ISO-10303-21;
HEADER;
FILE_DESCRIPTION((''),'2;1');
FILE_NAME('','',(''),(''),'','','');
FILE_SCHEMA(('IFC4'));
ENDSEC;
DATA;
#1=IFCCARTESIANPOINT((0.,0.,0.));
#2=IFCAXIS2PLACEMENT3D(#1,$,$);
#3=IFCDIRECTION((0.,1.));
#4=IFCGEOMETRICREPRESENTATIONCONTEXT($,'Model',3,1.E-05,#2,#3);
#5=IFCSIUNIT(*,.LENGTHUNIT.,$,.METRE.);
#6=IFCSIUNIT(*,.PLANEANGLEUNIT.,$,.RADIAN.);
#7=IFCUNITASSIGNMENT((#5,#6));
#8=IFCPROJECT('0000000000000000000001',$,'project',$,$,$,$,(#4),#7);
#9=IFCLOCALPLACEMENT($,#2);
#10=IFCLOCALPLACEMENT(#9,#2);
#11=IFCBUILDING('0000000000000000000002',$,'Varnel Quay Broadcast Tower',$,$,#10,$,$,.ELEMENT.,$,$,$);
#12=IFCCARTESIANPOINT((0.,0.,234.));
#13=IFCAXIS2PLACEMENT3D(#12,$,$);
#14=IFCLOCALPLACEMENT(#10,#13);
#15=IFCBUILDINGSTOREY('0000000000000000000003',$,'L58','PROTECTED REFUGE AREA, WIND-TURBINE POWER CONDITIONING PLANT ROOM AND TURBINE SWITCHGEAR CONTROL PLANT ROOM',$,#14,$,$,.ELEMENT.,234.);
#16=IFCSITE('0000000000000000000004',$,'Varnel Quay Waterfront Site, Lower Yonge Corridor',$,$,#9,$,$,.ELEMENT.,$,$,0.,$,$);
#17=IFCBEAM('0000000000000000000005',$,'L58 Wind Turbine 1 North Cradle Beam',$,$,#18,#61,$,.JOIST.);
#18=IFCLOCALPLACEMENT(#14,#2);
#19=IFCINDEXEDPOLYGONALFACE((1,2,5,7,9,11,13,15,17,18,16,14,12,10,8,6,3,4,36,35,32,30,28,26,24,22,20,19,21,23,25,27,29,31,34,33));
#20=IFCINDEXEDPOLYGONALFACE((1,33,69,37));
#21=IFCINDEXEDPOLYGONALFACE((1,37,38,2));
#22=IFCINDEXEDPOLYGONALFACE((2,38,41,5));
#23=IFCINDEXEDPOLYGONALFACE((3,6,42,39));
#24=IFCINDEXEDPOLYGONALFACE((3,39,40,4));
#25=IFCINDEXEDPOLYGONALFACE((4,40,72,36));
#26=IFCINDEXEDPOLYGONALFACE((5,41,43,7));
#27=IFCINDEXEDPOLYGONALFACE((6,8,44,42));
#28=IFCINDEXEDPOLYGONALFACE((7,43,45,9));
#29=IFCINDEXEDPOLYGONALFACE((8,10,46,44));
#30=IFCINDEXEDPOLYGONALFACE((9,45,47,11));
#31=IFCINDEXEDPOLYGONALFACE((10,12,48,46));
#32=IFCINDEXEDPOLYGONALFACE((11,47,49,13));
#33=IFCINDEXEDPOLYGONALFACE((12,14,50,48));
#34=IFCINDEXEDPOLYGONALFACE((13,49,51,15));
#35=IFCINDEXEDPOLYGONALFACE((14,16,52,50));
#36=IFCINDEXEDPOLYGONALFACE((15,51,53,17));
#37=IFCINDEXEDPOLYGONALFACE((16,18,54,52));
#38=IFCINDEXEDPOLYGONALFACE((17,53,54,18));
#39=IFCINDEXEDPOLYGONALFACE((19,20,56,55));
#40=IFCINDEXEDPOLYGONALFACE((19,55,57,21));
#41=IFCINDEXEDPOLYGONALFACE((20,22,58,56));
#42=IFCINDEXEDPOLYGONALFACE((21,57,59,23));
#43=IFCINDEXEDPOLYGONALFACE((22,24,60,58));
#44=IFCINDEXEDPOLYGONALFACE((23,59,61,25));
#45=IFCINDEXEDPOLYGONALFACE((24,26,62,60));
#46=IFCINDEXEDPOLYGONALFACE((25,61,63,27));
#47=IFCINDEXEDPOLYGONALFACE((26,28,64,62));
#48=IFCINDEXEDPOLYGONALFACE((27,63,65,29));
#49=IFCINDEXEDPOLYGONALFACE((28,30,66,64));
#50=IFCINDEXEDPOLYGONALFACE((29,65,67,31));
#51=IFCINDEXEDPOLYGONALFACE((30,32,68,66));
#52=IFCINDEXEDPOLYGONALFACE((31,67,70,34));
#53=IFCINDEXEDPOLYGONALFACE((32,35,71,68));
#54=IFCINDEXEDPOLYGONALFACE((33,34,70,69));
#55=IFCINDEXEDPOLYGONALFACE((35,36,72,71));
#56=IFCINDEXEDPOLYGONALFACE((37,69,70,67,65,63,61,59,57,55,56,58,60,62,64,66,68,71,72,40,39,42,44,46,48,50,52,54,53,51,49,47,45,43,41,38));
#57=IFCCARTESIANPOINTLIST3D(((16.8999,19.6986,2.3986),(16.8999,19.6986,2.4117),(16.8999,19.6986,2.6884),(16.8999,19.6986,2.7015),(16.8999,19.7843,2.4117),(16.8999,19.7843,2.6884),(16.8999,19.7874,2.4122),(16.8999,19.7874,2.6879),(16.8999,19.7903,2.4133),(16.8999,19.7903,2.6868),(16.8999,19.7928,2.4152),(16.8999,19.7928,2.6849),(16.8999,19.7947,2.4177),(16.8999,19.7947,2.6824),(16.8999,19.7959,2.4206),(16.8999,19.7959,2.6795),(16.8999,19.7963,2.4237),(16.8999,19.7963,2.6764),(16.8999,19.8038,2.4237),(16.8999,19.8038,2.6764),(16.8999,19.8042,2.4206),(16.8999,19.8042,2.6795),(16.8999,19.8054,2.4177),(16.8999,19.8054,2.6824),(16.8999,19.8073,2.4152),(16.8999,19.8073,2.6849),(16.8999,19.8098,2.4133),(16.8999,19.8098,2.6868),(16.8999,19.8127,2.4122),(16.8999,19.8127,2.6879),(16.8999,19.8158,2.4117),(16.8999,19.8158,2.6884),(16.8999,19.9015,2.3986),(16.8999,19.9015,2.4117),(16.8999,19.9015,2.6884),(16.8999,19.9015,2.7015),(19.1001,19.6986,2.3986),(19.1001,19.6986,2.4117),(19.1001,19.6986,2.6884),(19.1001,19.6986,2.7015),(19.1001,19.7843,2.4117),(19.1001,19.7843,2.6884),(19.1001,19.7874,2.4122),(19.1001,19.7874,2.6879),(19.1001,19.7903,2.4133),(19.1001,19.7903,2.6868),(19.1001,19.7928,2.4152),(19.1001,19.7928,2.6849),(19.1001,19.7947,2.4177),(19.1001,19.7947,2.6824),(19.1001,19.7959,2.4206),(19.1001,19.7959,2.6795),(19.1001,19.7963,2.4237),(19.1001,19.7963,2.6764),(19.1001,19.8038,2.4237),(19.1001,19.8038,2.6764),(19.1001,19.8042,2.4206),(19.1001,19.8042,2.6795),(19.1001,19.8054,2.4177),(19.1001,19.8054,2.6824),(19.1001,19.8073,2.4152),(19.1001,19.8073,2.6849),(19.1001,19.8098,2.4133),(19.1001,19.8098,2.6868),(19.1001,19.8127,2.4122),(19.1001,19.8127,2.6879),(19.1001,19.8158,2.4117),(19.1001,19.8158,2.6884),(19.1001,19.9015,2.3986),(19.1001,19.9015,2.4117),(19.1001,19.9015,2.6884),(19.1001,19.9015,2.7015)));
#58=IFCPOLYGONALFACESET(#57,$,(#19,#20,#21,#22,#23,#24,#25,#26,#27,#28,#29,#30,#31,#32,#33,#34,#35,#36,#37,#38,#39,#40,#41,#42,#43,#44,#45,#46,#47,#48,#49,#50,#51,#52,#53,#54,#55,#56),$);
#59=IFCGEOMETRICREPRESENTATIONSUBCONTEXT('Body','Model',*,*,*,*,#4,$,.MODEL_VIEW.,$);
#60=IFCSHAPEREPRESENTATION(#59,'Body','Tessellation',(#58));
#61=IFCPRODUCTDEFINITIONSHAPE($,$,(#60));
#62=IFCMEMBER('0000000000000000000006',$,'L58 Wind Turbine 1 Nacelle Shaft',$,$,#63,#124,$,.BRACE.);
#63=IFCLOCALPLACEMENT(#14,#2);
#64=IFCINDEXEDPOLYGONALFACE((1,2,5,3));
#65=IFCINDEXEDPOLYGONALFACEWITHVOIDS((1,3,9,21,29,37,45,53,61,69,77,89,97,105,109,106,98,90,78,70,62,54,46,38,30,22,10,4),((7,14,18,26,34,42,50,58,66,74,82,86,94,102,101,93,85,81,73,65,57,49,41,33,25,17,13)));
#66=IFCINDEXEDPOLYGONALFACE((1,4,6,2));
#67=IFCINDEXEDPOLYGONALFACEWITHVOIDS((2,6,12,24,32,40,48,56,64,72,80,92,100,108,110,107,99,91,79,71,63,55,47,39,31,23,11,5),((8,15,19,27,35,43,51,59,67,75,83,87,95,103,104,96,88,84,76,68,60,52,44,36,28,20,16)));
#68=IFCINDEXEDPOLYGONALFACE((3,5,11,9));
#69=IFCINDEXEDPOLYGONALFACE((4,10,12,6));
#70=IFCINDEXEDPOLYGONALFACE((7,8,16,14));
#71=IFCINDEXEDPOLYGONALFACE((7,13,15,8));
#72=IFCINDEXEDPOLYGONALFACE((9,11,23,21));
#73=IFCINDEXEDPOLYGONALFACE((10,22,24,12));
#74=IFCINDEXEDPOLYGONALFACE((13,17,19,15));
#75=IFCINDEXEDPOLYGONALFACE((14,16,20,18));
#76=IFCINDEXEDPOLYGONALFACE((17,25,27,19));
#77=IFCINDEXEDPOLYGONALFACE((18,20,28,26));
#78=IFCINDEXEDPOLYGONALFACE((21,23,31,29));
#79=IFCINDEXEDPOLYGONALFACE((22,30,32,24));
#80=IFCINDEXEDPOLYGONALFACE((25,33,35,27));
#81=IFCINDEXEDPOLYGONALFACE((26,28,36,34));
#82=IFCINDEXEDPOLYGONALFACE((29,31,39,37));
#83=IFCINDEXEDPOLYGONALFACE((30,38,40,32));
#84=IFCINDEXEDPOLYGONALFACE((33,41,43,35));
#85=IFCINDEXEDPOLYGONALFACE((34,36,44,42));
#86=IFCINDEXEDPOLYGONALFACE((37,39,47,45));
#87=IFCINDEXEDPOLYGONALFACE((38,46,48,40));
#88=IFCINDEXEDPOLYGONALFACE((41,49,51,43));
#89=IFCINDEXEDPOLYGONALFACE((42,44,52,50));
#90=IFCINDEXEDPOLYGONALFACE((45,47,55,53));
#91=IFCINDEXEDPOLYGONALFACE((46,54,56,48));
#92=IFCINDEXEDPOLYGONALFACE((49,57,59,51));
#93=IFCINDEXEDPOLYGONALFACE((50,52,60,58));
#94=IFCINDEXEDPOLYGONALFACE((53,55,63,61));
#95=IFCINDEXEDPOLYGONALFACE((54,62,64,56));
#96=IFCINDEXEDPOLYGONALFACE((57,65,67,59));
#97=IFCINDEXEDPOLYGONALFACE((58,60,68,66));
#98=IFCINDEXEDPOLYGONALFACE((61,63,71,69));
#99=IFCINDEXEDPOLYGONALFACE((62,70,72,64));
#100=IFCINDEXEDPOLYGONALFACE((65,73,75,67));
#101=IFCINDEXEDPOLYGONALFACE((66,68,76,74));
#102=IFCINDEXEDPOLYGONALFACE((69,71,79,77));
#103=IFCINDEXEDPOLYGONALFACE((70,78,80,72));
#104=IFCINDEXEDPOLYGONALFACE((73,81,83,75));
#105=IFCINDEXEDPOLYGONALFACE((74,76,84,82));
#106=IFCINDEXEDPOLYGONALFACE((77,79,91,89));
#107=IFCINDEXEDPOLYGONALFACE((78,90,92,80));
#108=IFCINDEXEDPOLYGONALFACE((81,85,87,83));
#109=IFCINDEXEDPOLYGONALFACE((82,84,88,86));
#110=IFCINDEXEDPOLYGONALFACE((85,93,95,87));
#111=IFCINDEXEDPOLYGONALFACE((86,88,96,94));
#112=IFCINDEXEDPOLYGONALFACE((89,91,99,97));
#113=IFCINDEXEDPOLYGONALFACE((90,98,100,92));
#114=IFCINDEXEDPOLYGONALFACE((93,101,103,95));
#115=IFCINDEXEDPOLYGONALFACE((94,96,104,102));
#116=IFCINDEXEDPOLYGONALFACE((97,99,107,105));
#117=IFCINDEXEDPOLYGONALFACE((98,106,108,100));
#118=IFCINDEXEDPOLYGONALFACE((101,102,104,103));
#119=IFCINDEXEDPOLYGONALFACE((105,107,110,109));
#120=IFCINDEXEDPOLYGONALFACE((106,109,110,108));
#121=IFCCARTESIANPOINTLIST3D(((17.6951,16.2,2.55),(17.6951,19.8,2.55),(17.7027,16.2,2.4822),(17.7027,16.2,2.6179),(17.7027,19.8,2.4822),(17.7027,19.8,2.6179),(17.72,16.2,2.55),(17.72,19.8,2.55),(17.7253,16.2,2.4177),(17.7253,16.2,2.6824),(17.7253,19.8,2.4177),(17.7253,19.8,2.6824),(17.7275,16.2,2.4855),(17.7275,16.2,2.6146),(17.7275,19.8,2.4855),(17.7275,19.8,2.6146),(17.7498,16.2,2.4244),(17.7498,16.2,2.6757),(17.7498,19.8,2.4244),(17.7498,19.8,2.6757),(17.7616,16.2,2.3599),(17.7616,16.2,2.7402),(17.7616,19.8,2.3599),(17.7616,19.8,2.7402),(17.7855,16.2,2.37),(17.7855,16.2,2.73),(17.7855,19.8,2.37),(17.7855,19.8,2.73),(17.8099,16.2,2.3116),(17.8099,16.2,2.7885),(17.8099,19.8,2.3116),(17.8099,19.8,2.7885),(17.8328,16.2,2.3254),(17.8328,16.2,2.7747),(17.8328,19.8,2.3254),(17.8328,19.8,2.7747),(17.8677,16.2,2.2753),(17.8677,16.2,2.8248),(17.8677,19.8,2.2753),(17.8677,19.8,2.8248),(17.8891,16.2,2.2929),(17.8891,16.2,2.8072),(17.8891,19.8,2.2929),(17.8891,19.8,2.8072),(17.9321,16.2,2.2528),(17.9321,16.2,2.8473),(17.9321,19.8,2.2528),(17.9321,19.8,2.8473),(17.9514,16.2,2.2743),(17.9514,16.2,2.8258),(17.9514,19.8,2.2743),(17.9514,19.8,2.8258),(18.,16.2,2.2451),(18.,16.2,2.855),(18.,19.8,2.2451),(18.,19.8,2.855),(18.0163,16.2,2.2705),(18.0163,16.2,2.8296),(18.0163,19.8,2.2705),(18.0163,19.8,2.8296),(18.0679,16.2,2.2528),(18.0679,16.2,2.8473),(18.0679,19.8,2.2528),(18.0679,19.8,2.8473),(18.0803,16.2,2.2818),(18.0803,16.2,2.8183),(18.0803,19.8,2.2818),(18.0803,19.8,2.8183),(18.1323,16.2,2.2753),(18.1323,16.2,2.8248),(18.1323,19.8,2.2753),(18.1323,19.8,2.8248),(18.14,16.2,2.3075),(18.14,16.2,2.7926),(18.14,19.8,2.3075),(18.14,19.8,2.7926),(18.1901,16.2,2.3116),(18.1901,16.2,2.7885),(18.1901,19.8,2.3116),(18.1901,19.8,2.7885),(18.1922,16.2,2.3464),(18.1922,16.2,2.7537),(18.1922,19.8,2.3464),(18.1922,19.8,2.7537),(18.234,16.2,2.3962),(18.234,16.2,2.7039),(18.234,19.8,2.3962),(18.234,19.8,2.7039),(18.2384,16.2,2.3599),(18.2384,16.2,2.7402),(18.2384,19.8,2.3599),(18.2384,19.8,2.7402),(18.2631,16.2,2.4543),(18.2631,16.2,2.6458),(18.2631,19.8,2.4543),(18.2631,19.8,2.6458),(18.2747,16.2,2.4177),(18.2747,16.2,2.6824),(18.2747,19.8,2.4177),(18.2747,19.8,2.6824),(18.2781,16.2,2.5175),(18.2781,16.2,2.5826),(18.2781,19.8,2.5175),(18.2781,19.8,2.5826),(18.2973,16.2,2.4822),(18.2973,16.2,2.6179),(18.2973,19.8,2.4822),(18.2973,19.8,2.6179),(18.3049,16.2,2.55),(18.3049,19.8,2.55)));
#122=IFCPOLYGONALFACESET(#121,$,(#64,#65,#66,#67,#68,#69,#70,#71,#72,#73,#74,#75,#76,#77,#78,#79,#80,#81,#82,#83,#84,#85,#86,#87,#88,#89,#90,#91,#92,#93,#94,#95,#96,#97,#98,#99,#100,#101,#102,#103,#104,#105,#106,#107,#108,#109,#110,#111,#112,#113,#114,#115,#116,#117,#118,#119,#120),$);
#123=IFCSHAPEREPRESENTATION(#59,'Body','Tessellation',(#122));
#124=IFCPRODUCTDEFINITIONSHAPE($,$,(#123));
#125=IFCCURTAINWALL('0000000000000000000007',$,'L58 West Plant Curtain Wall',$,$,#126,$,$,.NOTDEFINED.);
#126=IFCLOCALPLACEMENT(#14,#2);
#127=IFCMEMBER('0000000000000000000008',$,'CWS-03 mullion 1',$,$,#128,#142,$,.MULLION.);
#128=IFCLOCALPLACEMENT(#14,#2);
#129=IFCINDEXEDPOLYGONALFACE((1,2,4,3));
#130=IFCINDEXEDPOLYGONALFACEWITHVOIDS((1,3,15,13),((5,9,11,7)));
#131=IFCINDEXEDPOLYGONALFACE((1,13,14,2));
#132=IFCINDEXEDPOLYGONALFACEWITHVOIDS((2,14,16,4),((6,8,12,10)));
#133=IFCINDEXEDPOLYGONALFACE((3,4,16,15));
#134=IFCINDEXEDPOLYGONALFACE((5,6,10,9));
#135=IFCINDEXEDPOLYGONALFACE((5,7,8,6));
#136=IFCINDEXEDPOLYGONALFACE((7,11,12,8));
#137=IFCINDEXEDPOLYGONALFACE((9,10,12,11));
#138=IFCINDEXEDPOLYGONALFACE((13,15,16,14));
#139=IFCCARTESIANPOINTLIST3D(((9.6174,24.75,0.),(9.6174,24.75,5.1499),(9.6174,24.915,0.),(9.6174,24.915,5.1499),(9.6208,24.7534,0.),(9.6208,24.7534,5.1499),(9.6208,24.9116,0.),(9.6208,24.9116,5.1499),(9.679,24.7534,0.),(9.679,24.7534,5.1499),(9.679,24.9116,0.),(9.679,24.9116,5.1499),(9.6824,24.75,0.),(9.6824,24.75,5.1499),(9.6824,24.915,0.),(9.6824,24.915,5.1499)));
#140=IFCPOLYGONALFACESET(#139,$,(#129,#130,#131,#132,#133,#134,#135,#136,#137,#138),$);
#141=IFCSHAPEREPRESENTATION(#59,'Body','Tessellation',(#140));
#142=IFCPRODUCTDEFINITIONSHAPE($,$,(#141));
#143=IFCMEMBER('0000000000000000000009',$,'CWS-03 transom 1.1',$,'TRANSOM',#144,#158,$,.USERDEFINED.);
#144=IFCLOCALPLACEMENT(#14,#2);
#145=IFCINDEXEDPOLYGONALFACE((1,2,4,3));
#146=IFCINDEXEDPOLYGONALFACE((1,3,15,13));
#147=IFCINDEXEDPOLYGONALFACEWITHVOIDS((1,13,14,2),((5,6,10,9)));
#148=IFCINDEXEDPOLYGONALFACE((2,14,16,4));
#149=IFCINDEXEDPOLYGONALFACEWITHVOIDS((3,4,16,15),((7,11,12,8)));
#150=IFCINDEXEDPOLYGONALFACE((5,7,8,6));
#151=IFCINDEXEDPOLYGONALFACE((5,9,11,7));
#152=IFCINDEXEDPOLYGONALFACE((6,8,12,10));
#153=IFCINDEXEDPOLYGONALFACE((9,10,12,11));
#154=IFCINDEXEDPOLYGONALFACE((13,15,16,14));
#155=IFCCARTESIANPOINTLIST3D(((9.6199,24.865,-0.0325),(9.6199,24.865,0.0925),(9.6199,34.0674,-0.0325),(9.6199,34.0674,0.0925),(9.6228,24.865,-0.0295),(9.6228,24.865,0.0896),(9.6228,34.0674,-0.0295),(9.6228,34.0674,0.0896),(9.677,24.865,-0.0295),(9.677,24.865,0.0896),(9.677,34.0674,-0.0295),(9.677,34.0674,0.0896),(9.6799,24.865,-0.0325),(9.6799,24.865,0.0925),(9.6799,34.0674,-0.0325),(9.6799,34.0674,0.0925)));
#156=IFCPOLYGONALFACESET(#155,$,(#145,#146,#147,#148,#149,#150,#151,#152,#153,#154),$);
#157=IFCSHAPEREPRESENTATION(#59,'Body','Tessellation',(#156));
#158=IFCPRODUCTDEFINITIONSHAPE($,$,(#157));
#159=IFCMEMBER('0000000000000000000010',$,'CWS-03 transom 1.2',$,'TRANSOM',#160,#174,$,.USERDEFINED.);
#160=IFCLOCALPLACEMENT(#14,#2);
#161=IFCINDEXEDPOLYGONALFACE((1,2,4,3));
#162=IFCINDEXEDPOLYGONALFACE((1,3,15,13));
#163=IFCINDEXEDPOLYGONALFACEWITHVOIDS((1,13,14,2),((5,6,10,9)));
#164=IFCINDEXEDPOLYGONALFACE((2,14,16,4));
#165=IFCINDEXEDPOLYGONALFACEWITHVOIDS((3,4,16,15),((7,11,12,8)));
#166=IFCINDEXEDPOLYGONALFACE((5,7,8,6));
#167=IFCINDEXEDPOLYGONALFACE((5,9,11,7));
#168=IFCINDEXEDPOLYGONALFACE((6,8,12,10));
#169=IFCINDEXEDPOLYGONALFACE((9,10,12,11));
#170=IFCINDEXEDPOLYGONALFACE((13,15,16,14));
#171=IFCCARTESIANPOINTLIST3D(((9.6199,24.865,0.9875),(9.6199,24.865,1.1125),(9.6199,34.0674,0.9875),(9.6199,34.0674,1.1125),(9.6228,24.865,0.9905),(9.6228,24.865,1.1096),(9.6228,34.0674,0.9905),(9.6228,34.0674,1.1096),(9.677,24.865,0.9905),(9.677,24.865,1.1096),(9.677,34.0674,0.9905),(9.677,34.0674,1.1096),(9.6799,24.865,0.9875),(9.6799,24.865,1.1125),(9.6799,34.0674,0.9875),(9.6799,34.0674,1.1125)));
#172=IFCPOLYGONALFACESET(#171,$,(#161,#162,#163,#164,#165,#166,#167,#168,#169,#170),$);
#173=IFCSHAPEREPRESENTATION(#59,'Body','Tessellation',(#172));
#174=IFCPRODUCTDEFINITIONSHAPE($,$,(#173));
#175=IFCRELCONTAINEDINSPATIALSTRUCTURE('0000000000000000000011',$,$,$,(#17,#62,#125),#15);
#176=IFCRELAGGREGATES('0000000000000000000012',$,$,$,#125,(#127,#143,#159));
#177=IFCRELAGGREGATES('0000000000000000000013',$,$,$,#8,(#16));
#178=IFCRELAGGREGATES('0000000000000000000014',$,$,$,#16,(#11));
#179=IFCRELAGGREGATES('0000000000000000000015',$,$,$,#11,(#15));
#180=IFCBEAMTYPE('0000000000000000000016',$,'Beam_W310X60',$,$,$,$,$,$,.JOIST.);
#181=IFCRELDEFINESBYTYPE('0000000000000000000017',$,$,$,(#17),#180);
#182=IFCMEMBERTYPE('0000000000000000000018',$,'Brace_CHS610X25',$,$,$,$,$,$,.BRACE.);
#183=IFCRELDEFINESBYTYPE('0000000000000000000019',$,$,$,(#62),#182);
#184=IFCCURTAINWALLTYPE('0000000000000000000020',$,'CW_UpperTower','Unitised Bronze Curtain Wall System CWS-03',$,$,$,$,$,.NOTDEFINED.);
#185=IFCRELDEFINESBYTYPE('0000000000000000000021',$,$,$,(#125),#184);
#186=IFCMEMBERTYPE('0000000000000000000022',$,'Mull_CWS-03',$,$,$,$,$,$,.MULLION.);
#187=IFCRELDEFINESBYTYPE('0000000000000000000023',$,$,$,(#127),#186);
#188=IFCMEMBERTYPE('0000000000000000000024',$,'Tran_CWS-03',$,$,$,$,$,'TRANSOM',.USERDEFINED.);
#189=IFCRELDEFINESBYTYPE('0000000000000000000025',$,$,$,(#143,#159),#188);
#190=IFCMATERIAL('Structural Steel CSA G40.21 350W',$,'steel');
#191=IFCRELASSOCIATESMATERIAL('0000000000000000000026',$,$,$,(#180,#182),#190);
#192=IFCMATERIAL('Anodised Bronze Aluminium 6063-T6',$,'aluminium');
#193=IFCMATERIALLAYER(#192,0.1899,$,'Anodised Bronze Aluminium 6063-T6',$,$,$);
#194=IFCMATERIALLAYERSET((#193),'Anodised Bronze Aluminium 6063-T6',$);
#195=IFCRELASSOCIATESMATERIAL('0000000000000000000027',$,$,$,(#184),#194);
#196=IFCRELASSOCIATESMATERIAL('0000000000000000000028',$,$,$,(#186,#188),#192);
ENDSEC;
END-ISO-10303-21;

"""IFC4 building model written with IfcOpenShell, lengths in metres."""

from ifc_helpers import new_model, si_unit, direction, frame, origin, origin_2d, place, context, subcontext, project, spatial, hollow_rectangle, hollow_circle, i_section, extrude, source, transform, mapped, material, layer, layer_set, material_profile, profile_set, type_object, type_shapes, element, aggregate, save


model = new_model("IFC4")

# Units and contexts
model_context = context("Model", 3, precision=1e-05, world=origin(), true_north=direction((0.0, 1.0)))
body_context = subcontext(model_context, "Body", "Model", "MODEL_VIEW")
ifc_project = project(units=[si_unit("LENGTHUNIT", "METRE"), si_unit("PLANEANGLEUNIT", "RADIAN")], contexts=[model_context])

# Site, building, storey
site_placement = place(None, origin())
site = spatial("IfcSite", under=ifc_project, at=site_placement, Name="Varnel Quay Waterfront Site, Lower Yonge Corridor", CompositionType="ELEMENT", RefElevation=0.0)
building_placement = place(site_placement, origin())
building = spatial("IfcBuilding", under=site, at=building_placement, Name="Varnel Quay Broadcast Tower", CompositionType="ELEMENT")
storey_placement = place(building_placement, frame((0.0, 0.0, 234.0)))
storey = spatial("IfcBuildingStorey", under=building, at=storey_placement, Name="L58", Description="PROTECTED REFUGE AREA, WIND-TURBINE POWER CONDITIONING PLANT ROOM AND TURBINE SWITCHGEAR CONTROL PLANT ROOM", CompositionType="ELEMENT", Elevation=234.0)

# Shared definitions
ifc_material_1 = material(Name="Structural Steel CSA G40.21 350W", Category="steel")

# Shared definitions
ifc_material_profile_1 = material_profile(ifc_material_1, i_section(OverallWidth=0.2029, OverallDepth=0.303, WebThickness=0.0076, FlangeThickness=0.0132, FilletRadius=0.012, at=origin_2d()), Name="W310X60")
ifc_profile_set_1 = profile_set([ifc_material_profile_1], Name="Structural Steel CSA G40.21 350W")
beam_type_1 = type_object("IfcBeamType", Name="Beam_W310X60", PredefinedType="JOIST", material=ifc_profile_set_1)

# Beam
shared_shape_1 = source(origin(), body_context, "Body", "SweptSolid", [
    extrude(i_section(OverallWidth=0.2029, OverallDepth=0.303, WebThickness=0.0076, FlangeThickness=0.0132, FilletRadius=0.012, at=origin_2d()), origin(), (0.0, 0.0, 1.0), 2.2002),
])
for number, where, z_axis, x_axis, name in (
    (1, (16.8999, 19.8, 2.55), (1.0, 0.0, 0.0), (0.0, 1.0, 0.0), "L58 Wind Turbine 1 North Cradle Beam"),
):
    element("IfcBeam", number, at=place(storey_placement, frame(where, z_axis=z_axis, x_axis=x_axis)), inside=storey, type_object=beam_type_1, Name=name, PredefinedType="JOIST", context=body_context, shape_type="MappedRepresentation", body=[
        mapped(shared_shape_1, transform((0.0, 0.0, 0.0), x_axis=(1.0, 0.0, 0.0), y_axis=(0.0, 1.0, 0.0), z_axis=(0.0, 0.0, 1.0), scale=1.0)),
    ])

# Member
ifc_material_profile_2 = material_profile(ifc_material_1, hollow_circle(Radius=0.3049, WallThickness=0.0249, at=origin_2d()), Name="CHS610X25")
ifc_profile_set_2 = profile_set([ifc_material_profile_2], Name="Structural Steel CSA G40.21 350W")
member_type_1 = type_object("IfcMemberType", Name="Brace_CHS610X25", PredefinedType="BRACE", material=ifc_profile_set_2)
shared_shape_2 = source(origin(), body_context, "Body", "SweptSolid", [
    extrude(hollow_circle(Radius=0.3049, WallThickness=0.0249, at=origin_2d()), origin(), (0.0, 0.0, 1.0), 3.6001),
])
type_shapes(member_type_1, [shared_shape_2])
member_1_placement = place(storey_placement, frame((18.0, 16.2, 2.55), z_axis=(0.0, 1.0, 0.0), x_axis=(-1.0, 0.0, 0.0)))
element("IfcMember", 2, at=member_1_placement, inside=storey, type_object=member_type_1, Name="L58 Wind Turbine 1 Nacelle Shaft", PredefinedType="BRACE", context=body_context, shape_type="MappedRepresentation", body=[
    mapped(shared_shape_2, transform((0.0, 0.0, 0.0), x_axis=(1.0, 0.0, 0.0), y_axis=(0.0, 1.0, 0.0), z_axis=(0.0, 0.0, 1.0), scale=1.0)),
])

# Curtain wall, members
ifc_material_2 = material(Name="Anodised Bronze Aluminium 6063-T6", Category="aluminium")
ifc_layer_1 = layer(ifc_material_2, 0.1899, Name="Anodised Bronze Aluminium 6063-T6")
ifc_layer_set_1 = layer_set([ifc_layer_1], Name="Anodised Bronze Aluminium 6063-T6")
curtain_wall_type = type_object("IfcCurtainWallType", Name="CW_UpperTower", Description="Unitised Bronze Curtain Wall System CWS-03", PredefinedType="NOTDEFINED", material=ifc_layer_set_1)
curtain_wall_placement = place(storey_placement, origin())
curtain_wall = element("IfcCurtainWall", 3, at=curtain_wall_placement, inside=storey, type_object=curtain_wall_type, Name="L58 West Plant Curtain Wall", PredefinedType="NOTDEFINED")
ifc_material_profile_3 = material_profile(ifc_material_2, hollow_rectangle(XDim=0.0649, YDim=0.165, WallThickness=0.0034, at=origin_2d()), Name="ALU65X165X3.5")
ifc_profile_set_3 = profile_set([ifc_material_profile_3], Name="Anodised Bronze Aluminium 6063-T6")
member_type_2 = type_object("IfcMemberType", Name="Mull_CWS-03", PredefinedType="MULLION", material=ifc_profile_set_3)
shared_shape_3 = source(origin(), body_context, "Body", "SweptSolid", [
    extrude(hollow_rectangle(XDim=0.0649, YDim=0.165, WallThickness=0.0034, at=origin_2d()), origin(), (0.0, 0.0, 1.0), 5.1499),
])
type_shapes(member_type_2, [shared_shape_3])
member_2_placement = place(storey_placement, frame((9.6499, 24.8325, 0.0), z_axis=(0.0, 0.0, 1.0), x_axis=(-1.0, 0.0, 0.0)))
member_2 = element("IfcMember", 4, at=member_2_placement, type_object=member_type_2, Name="CWS-03 mullion 1", PredefinedType="MULLION", context=body_context, shape_type="MappedRepresentation", body=[
    mapped(shared_shape_3, transform((0.0, 0.0, 0.0), x_axis=(1.0, 0.0, 0.0), y_axis=(0.0, 1.0, 0.0), z_axis=(0.0, 0.0, 1.0), scale=1.0)),
])
ifc_material_profile_4 = material_profile(ifc_material_2, hollow_rectangle(XDim=0.0601, YDim=0.125, WallThickness=0.0029, at=origin_2d()), Name="ALU60X125X3")
ifc_profile_set_4 = profile_set([ifc_material_profile_4], Name="Anodised Bronze Aluminium 6063-T6")
member_type_3 = type_object("IfcMemberType", Name="Tran_CWS-03", ElementType="TRANSOM", PredefinedType="USERDEFINED", material=ifc_profile_set_4)
shared_shape_4 = source(origin(), body_context, "Body", "SweptSolid", [
    extrude(hollow_rectangle(XDim=0.0601, YDim=0.125, WallThickness=0.0029, at=origin_2d()), origin(), (0.0, 0.0, 1.0), 9.2024),
])
type_shapes(member_type_3, [shared_shape_4])
member_3_placement = place(storey_placement, frame((9.6499, 24.865, 0.03), z_axis=(0.0, 1.0, 0.0), x_axis=(-1.0, 0.0, 0.0)))
member_3 = element("IfcMember", 5, at=member_3_placement, type_object=member_type_3, Name="CWS-03 transom 1.1", ObjectType="TRANSOM", PredefinedType="USERDEFINED", context=body_context, shape_type="MappedRepresentation", body=[
    mapped(shared_shape_4, transform((0.0, 0.0, 0.0), x_axis=(1.0, 0.0, 0.0), y_axis=(0.0, 1.0, 0.0), z_axis=(0.0, 0.0, 1.0), scale=1.0)),
])
member_4_placement = place(storey_placement, frame((9.6499, 24.865, 1.05), z_axis=(0.0, 1.0, 0.0), x_axis=(-1.0, 0.0, 0.0)))
member_4 = element("IfcMember", 6, at=member_4_placement, type_object=member_type_3, Name="CWS-03 transom 1.2", ObjectType="TRANSOM", PredefinedType="USERDEFINED", context=body_context, shape_type="MappedRepresentation", body=[
    mapped(shared_shape_4, transform((0.0, 0.0, 0.0), x_axis=(1.0, 0.0, 0.0), y_axis=(0.0, 1.0, 0.0), z_axis=(0.0, 0.0, 1.0), scale=1.0)),
])
aggregate(curtain_wall, [member_2, member_3, member_4])

save(model, "model.ifc")
